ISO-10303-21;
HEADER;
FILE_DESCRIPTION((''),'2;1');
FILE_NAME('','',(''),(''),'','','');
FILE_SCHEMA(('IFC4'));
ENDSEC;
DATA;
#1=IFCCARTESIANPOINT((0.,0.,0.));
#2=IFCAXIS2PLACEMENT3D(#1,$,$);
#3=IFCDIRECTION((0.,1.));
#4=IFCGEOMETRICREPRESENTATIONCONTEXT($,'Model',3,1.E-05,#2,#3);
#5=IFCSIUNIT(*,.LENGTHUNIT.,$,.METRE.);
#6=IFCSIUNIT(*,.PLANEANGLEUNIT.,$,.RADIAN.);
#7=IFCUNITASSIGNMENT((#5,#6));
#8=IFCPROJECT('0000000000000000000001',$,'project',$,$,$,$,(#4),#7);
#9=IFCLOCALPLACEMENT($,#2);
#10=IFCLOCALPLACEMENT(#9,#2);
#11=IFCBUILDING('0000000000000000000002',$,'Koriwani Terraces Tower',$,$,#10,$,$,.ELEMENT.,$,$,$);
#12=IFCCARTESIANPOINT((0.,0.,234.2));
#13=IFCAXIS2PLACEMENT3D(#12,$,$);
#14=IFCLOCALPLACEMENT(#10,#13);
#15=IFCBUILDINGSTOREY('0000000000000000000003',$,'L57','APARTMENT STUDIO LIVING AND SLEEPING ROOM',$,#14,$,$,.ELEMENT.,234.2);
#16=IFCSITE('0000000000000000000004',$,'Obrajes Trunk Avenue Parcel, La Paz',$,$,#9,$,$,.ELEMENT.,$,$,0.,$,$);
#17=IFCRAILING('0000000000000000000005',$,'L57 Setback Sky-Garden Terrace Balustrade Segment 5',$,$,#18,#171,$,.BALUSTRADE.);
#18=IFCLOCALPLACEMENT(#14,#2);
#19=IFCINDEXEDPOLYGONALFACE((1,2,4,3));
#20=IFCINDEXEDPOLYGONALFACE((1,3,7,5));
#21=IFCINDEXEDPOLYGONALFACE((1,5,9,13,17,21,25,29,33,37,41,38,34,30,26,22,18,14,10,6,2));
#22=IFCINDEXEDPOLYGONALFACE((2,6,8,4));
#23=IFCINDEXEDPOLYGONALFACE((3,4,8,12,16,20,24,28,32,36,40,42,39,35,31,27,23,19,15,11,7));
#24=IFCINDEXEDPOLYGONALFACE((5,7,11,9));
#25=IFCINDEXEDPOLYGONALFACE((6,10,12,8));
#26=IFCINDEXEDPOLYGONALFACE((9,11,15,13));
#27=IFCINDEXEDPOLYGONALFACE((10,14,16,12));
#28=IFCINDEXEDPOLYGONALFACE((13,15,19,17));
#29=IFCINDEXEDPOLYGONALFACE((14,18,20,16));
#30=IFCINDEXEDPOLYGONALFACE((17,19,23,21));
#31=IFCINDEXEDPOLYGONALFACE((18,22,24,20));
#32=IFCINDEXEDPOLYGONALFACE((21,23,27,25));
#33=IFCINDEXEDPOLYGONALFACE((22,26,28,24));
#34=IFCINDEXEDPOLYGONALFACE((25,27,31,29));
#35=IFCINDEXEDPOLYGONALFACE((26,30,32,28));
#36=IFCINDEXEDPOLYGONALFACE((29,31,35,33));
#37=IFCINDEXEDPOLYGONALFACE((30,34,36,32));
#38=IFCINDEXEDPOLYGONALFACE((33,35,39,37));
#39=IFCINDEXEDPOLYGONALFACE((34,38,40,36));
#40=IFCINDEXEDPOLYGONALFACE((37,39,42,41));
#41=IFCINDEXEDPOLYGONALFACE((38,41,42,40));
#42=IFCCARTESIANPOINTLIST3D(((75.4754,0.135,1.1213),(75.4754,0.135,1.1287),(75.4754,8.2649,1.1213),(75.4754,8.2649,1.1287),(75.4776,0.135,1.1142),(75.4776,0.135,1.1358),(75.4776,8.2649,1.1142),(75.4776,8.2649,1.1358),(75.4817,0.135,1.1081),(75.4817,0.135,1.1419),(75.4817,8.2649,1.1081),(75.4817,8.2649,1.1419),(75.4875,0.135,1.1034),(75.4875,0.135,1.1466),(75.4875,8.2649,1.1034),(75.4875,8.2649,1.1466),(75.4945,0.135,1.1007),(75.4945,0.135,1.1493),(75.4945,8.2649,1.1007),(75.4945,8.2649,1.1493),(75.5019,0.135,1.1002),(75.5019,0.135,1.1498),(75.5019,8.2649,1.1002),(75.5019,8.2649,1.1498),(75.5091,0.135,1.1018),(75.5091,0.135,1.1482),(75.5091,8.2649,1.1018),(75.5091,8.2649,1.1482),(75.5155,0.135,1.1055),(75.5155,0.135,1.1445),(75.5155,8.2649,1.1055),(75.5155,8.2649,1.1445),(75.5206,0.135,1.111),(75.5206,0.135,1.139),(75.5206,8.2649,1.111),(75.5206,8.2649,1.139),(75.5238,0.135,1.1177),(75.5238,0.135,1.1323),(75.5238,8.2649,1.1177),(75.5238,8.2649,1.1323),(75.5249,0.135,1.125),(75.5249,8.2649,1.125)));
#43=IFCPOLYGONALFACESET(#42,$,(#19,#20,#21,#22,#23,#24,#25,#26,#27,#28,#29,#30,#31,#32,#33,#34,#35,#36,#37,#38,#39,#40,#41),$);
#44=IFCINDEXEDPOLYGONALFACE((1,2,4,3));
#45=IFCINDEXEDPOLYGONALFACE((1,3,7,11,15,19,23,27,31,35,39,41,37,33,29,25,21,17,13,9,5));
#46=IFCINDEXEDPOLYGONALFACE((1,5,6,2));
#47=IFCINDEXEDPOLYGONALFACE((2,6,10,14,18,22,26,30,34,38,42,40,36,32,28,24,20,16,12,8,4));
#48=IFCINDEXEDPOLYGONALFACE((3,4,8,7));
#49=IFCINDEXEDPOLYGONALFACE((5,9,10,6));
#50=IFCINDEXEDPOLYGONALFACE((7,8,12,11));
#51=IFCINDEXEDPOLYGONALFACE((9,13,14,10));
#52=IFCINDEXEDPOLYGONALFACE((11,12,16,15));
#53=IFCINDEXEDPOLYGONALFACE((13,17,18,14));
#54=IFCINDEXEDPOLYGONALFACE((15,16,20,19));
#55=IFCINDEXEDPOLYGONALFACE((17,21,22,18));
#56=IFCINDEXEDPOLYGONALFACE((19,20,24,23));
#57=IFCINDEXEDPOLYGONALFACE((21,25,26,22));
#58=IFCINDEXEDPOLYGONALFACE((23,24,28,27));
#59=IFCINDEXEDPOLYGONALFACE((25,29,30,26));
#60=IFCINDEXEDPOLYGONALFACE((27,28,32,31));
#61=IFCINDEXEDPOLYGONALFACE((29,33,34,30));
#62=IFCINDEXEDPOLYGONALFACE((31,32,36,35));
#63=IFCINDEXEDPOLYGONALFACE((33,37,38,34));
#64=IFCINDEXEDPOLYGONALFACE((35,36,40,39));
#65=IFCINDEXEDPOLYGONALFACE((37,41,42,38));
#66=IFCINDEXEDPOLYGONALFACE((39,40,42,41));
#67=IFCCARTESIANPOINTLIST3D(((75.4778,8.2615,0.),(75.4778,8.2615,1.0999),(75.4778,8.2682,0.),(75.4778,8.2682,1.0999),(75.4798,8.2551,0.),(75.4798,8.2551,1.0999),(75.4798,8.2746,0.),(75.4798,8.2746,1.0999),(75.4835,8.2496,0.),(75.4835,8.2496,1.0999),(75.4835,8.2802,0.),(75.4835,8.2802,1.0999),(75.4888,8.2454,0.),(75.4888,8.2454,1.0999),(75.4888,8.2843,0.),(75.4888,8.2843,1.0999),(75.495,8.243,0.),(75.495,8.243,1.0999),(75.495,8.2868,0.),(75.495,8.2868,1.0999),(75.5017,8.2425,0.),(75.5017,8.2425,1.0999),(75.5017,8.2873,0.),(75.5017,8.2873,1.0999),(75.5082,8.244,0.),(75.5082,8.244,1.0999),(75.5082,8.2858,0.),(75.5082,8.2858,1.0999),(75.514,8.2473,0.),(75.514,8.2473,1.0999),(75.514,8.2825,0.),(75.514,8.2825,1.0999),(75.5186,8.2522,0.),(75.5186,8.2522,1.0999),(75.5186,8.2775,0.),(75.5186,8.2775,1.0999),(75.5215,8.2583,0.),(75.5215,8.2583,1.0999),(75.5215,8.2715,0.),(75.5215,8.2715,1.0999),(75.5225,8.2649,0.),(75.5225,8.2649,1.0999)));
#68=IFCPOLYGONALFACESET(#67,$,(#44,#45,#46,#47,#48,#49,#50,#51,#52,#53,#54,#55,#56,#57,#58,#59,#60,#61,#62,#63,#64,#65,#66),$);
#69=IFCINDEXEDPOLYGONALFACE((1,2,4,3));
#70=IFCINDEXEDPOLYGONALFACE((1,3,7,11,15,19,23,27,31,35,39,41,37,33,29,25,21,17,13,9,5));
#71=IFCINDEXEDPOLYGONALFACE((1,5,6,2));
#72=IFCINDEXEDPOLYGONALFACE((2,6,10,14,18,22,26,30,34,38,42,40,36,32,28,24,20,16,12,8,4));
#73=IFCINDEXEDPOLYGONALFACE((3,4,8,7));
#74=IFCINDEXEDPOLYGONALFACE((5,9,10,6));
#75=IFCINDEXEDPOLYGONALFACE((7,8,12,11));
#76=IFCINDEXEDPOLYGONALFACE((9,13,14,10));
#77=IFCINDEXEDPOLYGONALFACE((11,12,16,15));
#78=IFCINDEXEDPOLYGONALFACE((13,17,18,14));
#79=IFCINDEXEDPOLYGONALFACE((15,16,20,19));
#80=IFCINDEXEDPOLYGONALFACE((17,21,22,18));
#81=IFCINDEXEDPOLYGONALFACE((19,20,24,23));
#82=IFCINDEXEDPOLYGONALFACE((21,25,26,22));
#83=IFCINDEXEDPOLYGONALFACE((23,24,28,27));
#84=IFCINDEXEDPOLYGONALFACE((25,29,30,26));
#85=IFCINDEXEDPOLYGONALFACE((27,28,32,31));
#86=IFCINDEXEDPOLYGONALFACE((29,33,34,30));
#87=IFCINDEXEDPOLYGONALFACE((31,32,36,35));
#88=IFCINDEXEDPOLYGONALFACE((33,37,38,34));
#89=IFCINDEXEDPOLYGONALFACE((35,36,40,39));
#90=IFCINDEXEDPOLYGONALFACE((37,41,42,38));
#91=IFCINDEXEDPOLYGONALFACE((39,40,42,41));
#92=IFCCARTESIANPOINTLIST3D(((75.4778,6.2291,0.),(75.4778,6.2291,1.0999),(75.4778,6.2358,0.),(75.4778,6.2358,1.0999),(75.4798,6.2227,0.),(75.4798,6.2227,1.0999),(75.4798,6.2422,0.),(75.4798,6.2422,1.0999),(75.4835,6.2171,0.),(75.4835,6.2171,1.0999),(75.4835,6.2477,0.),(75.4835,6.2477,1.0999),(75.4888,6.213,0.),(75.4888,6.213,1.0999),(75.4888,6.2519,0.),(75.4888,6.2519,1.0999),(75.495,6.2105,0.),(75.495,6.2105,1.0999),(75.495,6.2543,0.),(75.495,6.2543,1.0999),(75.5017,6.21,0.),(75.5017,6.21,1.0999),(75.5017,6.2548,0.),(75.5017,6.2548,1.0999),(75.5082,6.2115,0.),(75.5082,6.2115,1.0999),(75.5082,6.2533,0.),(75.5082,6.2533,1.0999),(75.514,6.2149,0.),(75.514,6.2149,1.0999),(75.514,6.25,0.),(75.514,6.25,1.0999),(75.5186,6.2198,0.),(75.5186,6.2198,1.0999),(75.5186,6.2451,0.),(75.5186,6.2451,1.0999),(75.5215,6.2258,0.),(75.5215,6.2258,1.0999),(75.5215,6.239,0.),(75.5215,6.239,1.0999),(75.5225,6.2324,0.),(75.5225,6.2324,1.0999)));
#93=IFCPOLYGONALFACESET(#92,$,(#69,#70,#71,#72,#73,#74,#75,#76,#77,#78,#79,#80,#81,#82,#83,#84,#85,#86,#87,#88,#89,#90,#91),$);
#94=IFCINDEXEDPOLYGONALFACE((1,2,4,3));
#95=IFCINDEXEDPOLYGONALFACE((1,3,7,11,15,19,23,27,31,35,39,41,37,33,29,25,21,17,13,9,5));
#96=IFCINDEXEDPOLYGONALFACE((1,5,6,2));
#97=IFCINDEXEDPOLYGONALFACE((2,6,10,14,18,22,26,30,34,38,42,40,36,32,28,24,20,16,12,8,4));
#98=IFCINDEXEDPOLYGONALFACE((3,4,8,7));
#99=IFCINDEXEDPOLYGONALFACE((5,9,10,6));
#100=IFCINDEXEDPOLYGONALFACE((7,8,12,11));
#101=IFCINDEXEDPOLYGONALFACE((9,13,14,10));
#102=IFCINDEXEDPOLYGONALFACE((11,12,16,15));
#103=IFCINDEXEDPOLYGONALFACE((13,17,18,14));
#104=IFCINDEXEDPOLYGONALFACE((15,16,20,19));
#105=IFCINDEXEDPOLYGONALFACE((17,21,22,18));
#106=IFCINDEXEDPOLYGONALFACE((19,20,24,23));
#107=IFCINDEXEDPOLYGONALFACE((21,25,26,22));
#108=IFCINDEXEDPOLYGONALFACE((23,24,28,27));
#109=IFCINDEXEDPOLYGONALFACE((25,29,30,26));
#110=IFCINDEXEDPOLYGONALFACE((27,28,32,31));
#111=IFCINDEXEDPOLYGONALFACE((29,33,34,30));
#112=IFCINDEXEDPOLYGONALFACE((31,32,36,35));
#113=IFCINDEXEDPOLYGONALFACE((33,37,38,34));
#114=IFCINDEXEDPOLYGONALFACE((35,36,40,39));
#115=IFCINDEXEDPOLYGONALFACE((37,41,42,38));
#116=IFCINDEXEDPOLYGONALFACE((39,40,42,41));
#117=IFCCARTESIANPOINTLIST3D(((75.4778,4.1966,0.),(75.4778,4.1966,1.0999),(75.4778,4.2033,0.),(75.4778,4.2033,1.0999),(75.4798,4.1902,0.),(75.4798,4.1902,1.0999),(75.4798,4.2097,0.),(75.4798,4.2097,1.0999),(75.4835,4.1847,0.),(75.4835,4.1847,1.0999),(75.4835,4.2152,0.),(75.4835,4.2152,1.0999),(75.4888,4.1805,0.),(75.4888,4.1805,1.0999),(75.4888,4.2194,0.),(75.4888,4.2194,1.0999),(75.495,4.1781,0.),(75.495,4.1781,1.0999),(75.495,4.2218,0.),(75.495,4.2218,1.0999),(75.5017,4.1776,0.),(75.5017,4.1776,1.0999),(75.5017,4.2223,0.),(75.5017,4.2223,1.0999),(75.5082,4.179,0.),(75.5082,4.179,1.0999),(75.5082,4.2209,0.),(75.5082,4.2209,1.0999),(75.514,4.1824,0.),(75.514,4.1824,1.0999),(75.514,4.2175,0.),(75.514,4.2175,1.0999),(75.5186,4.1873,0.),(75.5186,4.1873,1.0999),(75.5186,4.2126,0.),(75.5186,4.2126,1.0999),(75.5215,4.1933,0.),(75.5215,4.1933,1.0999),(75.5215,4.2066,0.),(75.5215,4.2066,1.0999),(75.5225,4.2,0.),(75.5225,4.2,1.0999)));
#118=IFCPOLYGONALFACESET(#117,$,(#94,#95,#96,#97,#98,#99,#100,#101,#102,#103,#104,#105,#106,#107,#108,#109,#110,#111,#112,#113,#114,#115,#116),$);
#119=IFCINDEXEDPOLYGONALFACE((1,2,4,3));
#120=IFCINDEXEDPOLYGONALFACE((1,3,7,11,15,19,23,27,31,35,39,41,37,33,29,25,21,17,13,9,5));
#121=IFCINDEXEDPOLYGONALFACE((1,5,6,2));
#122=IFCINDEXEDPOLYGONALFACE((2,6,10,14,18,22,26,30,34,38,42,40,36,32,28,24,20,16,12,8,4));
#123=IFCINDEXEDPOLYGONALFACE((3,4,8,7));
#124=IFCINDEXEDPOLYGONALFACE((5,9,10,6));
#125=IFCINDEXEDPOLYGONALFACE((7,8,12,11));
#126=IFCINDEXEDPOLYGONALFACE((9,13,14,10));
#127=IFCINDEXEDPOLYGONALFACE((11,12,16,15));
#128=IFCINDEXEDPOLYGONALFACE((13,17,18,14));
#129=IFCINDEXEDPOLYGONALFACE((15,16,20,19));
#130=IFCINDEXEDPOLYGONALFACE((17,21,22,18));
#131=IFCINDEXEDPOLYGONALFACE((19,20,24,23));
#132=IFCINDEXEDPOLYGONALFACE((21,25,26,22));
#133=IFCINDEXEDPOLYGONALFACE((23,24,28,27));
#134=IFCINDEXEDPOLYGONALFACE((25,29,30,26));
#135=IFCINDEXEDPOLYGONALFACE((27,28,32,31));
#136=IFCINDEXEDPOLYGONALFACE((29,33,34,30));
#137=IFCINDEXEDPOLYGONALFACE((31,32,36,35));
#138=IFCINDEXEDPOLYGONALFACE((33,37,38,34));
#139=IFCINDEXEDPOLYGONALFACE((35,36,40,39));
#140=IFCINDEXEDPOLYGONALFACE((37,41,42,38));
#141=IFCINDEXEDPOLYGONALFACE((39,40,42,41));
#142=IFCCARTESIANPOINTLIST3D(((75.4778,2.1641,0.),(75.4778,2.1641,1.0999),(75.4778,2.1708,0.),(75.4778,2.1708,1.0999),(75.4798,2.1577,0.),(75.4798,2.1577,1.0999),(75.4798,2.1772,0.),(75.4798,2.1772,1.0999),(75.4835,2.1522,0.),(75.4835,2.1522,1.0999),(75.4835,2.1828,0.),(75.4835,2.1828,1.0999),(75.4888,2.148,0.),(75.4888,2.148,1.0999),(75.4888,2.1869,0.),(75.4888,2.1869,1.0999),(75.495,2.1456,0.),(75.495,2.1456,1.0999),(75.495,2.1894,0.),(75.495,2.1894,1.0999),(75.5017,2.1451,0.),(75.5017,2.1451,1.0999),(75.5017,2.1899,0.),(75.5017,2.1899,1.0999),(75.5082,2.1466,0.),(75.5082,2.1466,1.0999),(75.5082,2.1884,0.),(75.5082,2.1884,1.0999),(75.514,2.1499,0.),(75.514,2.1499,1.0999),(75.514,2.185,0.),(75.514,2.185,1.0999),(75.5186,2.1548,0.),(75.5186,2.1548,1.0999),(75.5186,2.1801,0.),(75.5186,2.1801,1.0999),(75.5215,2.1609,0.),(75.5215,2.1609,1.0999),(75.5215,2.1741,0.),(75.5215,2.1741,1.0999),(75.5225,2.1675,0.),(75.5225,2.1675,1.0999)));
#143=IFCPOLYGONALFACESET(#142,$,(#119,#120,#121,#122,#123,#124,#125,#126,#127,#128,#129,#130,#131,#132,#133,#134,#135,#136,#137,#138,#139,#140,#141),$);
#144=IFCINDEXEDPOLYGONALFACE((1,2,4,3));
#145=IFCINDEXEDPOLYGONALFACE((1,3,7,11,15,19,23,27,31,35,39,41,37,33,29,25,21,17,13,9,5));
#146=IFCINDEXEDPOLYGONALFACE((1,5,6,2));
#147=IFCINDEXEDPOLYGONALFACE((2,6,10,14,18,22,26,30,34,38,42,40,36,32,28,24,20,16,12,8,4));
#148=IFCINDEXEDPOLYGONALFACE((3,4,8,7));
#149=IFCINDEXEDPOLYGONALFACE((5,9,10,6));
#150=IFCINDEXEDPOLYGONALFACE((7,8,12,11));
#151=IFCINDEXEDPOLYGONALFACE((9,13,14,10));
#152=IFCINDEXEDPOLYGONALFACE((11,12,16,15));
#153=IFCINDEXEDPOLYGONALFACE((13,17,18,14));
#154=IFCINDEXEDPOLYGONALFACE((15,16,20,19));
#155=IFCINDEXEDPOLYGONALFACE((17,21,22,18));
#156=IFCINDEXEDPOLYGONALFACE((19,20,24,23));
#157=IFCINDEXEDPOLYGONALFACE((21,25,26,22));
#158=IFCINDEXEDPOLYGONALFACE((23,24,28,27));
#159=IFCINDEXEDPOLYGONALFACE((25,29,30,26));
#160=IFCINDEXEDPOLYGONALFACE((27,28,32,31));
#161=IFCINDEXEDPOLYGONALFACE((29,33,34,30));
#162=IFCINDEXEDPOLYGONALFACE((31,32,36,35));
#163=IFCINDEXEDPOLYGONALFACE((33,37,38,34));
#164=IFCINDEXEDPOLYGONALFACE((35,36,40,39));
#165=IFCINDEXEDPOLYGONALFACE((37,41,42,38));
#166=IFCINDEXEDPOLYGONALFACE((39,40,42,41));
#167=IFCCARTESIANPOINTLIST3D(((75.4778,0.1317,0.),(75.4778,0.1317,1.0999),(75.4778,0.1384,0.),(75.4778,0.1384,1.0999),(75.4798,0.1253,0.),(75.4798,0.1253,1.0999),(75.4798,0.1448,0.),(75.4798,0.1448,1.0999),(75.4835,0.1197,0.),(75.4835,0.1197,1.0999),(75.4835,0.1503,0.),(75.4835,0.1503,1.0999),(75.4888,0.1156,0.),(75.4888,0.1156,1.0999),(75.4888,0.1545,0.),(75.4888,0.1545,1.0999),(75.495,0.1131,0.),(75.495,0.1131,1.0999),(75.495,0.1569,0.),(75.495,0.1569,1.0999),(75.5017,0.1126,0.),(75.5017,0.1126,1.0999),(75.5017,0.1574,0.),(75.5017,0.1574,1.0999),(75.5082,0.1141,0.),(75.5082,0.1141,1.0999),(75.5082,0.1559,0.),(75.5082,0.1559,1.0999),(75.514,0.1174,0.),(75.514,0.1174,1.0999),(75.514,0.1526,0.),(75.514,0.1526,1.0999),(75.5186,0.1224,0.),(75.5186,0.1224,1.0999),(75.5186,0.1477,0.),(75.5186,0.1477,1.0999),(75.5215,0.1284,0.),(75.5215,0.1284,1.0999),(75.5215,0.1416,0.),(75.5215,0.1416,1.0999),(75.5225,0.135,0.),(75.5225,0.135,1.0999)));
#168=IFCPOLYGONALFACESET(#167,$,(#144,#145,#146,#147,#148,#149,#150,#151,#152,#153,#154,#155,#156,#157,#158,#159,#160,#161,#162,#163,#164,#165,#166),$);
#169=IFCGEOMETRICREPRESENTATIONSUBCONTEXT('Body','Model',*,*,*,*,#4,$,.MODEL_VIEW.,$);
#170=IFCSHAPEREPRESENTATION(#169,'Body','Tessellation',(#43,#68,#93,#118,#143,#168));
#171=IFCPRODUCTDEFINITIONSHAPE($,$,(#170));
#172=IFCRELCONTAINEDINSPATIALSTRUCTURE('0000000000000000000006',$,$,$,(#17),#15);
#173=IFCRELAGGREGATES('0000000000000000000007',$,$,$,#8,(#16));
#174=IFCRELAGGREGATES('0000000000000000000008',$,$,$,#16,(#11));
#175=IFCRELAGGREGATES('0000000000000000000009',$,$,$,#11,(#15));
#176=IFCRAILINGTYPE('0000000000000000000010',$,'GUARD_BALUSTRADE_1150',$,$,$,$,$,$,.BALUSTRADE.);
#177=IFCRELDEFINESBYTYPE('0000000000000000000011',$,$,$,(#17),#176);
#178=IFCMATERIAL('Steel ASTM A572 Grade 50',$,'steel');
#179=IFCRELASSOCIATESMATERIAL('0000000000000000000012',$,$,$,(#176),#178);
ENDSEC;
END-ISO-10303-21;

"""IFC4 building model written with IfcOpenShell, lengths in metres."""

from ifc_helpers import new_model, si_unit, direction, frame, origin, origin_2d, place, context, subcontext, project, spatial, circle, extrude, material, type_object, element, save


model = new_model("IFC4")

# Units and contexts
model_context = context("Model", 3, precision=1e-05, world=origin(), true_north=direction((0.0, 1.0)))
body_context = subcontext(model_context, "Body", "Model", "MODEL_VIEW")
ifc_project = project(units=[si_unit("LENGTHUNIT", "METRE"), si_unit("PLANEANGLEUNIT", "RADIAN")], contexts=[model_context])

# Site, building, storey
site_placement = place(None, origin())
site = spatial("IfcSite", under=ifc_project, at=site_placement, Name="Obrajes Trunk Avenue Parcel, La Paz", CompositionType="ELEMENT", RefElevation=0.0)
building_placement = place(site_placement, origin())
building = spatial("IfcBuilding", under=site, at=building_placement, Name="Koriwani Terraces Tower", CompositionType="ELEMENT")
storey_placement = place(building_placement, frame((0.0, 0.0, 234.2)))
storey = spatial("IfcBuildingStorey", under=building, at=storey_placement, Name="L57", Description="APARTMENT STUDIO LIVING AND SLEEPING ROOM", CompositionType="ELEMENT", Elevation=234.2)

# Railing
ifc_material_1 = material(Name="Steel ASTM A572 Grade 50", Category="steel")
railing_type = type_object("IfcRailingType", Name="GUARD_BALUSTRADE_1150", PredefinedType="BALUSTRADE", material=ifc_material_1)
railing_1_placement = place(storey_placement, frame((75.5, 8.2649, 0.0)))
element("IfcRailing", 1, at=railing_1_placement, inside=storey, type_object=railing_type, Name="L57 Setback Sky-Garden Terrace Balustrade Segment 5", PredefinedType="BALUSTRADE", context=body_context, shape_type="SweptSolid", body=[
    extrude(circle(Radius=0.0249, at=origin_2d()), frame((0.0, 0.0, 1.125), z_axis=(0.0, -1.0, 0.0), x_axis=(1.0, 0.0, 0.0)), (0.0, 0.0, 1.0), 8.1299),
    extrude(circle(Radius=0.0225, at=origin_2d()), origin(), (0.0, 0.0, 1.0), 1.0999),
    extrude(circle(Radius=0.0225, at=origin_2d()), frame((0.0, -2.0325, 0.0)), (0.0, 0.0, 1.0), 1.0999),
    extrude(circle(Radius=0.0225, at=origin_2d()), frame((0.0, -4.0649, 0.0)), (0.0, 0.0, 1.0), 1.0999),
    extrude(circle(Radius=0.0225, at=origin_2d()), frame((0.0, -6.0974, 0.0)), (0.0, 0.0, 1.0), 1.0999),
    extrude(circle(Radius=0.0225, at=origin_2d()), frame((0.0, -8.1299, 0.0)), (0.0, 0.0, 1.0), 1.0999),
])

save(model, "model.ifc")
